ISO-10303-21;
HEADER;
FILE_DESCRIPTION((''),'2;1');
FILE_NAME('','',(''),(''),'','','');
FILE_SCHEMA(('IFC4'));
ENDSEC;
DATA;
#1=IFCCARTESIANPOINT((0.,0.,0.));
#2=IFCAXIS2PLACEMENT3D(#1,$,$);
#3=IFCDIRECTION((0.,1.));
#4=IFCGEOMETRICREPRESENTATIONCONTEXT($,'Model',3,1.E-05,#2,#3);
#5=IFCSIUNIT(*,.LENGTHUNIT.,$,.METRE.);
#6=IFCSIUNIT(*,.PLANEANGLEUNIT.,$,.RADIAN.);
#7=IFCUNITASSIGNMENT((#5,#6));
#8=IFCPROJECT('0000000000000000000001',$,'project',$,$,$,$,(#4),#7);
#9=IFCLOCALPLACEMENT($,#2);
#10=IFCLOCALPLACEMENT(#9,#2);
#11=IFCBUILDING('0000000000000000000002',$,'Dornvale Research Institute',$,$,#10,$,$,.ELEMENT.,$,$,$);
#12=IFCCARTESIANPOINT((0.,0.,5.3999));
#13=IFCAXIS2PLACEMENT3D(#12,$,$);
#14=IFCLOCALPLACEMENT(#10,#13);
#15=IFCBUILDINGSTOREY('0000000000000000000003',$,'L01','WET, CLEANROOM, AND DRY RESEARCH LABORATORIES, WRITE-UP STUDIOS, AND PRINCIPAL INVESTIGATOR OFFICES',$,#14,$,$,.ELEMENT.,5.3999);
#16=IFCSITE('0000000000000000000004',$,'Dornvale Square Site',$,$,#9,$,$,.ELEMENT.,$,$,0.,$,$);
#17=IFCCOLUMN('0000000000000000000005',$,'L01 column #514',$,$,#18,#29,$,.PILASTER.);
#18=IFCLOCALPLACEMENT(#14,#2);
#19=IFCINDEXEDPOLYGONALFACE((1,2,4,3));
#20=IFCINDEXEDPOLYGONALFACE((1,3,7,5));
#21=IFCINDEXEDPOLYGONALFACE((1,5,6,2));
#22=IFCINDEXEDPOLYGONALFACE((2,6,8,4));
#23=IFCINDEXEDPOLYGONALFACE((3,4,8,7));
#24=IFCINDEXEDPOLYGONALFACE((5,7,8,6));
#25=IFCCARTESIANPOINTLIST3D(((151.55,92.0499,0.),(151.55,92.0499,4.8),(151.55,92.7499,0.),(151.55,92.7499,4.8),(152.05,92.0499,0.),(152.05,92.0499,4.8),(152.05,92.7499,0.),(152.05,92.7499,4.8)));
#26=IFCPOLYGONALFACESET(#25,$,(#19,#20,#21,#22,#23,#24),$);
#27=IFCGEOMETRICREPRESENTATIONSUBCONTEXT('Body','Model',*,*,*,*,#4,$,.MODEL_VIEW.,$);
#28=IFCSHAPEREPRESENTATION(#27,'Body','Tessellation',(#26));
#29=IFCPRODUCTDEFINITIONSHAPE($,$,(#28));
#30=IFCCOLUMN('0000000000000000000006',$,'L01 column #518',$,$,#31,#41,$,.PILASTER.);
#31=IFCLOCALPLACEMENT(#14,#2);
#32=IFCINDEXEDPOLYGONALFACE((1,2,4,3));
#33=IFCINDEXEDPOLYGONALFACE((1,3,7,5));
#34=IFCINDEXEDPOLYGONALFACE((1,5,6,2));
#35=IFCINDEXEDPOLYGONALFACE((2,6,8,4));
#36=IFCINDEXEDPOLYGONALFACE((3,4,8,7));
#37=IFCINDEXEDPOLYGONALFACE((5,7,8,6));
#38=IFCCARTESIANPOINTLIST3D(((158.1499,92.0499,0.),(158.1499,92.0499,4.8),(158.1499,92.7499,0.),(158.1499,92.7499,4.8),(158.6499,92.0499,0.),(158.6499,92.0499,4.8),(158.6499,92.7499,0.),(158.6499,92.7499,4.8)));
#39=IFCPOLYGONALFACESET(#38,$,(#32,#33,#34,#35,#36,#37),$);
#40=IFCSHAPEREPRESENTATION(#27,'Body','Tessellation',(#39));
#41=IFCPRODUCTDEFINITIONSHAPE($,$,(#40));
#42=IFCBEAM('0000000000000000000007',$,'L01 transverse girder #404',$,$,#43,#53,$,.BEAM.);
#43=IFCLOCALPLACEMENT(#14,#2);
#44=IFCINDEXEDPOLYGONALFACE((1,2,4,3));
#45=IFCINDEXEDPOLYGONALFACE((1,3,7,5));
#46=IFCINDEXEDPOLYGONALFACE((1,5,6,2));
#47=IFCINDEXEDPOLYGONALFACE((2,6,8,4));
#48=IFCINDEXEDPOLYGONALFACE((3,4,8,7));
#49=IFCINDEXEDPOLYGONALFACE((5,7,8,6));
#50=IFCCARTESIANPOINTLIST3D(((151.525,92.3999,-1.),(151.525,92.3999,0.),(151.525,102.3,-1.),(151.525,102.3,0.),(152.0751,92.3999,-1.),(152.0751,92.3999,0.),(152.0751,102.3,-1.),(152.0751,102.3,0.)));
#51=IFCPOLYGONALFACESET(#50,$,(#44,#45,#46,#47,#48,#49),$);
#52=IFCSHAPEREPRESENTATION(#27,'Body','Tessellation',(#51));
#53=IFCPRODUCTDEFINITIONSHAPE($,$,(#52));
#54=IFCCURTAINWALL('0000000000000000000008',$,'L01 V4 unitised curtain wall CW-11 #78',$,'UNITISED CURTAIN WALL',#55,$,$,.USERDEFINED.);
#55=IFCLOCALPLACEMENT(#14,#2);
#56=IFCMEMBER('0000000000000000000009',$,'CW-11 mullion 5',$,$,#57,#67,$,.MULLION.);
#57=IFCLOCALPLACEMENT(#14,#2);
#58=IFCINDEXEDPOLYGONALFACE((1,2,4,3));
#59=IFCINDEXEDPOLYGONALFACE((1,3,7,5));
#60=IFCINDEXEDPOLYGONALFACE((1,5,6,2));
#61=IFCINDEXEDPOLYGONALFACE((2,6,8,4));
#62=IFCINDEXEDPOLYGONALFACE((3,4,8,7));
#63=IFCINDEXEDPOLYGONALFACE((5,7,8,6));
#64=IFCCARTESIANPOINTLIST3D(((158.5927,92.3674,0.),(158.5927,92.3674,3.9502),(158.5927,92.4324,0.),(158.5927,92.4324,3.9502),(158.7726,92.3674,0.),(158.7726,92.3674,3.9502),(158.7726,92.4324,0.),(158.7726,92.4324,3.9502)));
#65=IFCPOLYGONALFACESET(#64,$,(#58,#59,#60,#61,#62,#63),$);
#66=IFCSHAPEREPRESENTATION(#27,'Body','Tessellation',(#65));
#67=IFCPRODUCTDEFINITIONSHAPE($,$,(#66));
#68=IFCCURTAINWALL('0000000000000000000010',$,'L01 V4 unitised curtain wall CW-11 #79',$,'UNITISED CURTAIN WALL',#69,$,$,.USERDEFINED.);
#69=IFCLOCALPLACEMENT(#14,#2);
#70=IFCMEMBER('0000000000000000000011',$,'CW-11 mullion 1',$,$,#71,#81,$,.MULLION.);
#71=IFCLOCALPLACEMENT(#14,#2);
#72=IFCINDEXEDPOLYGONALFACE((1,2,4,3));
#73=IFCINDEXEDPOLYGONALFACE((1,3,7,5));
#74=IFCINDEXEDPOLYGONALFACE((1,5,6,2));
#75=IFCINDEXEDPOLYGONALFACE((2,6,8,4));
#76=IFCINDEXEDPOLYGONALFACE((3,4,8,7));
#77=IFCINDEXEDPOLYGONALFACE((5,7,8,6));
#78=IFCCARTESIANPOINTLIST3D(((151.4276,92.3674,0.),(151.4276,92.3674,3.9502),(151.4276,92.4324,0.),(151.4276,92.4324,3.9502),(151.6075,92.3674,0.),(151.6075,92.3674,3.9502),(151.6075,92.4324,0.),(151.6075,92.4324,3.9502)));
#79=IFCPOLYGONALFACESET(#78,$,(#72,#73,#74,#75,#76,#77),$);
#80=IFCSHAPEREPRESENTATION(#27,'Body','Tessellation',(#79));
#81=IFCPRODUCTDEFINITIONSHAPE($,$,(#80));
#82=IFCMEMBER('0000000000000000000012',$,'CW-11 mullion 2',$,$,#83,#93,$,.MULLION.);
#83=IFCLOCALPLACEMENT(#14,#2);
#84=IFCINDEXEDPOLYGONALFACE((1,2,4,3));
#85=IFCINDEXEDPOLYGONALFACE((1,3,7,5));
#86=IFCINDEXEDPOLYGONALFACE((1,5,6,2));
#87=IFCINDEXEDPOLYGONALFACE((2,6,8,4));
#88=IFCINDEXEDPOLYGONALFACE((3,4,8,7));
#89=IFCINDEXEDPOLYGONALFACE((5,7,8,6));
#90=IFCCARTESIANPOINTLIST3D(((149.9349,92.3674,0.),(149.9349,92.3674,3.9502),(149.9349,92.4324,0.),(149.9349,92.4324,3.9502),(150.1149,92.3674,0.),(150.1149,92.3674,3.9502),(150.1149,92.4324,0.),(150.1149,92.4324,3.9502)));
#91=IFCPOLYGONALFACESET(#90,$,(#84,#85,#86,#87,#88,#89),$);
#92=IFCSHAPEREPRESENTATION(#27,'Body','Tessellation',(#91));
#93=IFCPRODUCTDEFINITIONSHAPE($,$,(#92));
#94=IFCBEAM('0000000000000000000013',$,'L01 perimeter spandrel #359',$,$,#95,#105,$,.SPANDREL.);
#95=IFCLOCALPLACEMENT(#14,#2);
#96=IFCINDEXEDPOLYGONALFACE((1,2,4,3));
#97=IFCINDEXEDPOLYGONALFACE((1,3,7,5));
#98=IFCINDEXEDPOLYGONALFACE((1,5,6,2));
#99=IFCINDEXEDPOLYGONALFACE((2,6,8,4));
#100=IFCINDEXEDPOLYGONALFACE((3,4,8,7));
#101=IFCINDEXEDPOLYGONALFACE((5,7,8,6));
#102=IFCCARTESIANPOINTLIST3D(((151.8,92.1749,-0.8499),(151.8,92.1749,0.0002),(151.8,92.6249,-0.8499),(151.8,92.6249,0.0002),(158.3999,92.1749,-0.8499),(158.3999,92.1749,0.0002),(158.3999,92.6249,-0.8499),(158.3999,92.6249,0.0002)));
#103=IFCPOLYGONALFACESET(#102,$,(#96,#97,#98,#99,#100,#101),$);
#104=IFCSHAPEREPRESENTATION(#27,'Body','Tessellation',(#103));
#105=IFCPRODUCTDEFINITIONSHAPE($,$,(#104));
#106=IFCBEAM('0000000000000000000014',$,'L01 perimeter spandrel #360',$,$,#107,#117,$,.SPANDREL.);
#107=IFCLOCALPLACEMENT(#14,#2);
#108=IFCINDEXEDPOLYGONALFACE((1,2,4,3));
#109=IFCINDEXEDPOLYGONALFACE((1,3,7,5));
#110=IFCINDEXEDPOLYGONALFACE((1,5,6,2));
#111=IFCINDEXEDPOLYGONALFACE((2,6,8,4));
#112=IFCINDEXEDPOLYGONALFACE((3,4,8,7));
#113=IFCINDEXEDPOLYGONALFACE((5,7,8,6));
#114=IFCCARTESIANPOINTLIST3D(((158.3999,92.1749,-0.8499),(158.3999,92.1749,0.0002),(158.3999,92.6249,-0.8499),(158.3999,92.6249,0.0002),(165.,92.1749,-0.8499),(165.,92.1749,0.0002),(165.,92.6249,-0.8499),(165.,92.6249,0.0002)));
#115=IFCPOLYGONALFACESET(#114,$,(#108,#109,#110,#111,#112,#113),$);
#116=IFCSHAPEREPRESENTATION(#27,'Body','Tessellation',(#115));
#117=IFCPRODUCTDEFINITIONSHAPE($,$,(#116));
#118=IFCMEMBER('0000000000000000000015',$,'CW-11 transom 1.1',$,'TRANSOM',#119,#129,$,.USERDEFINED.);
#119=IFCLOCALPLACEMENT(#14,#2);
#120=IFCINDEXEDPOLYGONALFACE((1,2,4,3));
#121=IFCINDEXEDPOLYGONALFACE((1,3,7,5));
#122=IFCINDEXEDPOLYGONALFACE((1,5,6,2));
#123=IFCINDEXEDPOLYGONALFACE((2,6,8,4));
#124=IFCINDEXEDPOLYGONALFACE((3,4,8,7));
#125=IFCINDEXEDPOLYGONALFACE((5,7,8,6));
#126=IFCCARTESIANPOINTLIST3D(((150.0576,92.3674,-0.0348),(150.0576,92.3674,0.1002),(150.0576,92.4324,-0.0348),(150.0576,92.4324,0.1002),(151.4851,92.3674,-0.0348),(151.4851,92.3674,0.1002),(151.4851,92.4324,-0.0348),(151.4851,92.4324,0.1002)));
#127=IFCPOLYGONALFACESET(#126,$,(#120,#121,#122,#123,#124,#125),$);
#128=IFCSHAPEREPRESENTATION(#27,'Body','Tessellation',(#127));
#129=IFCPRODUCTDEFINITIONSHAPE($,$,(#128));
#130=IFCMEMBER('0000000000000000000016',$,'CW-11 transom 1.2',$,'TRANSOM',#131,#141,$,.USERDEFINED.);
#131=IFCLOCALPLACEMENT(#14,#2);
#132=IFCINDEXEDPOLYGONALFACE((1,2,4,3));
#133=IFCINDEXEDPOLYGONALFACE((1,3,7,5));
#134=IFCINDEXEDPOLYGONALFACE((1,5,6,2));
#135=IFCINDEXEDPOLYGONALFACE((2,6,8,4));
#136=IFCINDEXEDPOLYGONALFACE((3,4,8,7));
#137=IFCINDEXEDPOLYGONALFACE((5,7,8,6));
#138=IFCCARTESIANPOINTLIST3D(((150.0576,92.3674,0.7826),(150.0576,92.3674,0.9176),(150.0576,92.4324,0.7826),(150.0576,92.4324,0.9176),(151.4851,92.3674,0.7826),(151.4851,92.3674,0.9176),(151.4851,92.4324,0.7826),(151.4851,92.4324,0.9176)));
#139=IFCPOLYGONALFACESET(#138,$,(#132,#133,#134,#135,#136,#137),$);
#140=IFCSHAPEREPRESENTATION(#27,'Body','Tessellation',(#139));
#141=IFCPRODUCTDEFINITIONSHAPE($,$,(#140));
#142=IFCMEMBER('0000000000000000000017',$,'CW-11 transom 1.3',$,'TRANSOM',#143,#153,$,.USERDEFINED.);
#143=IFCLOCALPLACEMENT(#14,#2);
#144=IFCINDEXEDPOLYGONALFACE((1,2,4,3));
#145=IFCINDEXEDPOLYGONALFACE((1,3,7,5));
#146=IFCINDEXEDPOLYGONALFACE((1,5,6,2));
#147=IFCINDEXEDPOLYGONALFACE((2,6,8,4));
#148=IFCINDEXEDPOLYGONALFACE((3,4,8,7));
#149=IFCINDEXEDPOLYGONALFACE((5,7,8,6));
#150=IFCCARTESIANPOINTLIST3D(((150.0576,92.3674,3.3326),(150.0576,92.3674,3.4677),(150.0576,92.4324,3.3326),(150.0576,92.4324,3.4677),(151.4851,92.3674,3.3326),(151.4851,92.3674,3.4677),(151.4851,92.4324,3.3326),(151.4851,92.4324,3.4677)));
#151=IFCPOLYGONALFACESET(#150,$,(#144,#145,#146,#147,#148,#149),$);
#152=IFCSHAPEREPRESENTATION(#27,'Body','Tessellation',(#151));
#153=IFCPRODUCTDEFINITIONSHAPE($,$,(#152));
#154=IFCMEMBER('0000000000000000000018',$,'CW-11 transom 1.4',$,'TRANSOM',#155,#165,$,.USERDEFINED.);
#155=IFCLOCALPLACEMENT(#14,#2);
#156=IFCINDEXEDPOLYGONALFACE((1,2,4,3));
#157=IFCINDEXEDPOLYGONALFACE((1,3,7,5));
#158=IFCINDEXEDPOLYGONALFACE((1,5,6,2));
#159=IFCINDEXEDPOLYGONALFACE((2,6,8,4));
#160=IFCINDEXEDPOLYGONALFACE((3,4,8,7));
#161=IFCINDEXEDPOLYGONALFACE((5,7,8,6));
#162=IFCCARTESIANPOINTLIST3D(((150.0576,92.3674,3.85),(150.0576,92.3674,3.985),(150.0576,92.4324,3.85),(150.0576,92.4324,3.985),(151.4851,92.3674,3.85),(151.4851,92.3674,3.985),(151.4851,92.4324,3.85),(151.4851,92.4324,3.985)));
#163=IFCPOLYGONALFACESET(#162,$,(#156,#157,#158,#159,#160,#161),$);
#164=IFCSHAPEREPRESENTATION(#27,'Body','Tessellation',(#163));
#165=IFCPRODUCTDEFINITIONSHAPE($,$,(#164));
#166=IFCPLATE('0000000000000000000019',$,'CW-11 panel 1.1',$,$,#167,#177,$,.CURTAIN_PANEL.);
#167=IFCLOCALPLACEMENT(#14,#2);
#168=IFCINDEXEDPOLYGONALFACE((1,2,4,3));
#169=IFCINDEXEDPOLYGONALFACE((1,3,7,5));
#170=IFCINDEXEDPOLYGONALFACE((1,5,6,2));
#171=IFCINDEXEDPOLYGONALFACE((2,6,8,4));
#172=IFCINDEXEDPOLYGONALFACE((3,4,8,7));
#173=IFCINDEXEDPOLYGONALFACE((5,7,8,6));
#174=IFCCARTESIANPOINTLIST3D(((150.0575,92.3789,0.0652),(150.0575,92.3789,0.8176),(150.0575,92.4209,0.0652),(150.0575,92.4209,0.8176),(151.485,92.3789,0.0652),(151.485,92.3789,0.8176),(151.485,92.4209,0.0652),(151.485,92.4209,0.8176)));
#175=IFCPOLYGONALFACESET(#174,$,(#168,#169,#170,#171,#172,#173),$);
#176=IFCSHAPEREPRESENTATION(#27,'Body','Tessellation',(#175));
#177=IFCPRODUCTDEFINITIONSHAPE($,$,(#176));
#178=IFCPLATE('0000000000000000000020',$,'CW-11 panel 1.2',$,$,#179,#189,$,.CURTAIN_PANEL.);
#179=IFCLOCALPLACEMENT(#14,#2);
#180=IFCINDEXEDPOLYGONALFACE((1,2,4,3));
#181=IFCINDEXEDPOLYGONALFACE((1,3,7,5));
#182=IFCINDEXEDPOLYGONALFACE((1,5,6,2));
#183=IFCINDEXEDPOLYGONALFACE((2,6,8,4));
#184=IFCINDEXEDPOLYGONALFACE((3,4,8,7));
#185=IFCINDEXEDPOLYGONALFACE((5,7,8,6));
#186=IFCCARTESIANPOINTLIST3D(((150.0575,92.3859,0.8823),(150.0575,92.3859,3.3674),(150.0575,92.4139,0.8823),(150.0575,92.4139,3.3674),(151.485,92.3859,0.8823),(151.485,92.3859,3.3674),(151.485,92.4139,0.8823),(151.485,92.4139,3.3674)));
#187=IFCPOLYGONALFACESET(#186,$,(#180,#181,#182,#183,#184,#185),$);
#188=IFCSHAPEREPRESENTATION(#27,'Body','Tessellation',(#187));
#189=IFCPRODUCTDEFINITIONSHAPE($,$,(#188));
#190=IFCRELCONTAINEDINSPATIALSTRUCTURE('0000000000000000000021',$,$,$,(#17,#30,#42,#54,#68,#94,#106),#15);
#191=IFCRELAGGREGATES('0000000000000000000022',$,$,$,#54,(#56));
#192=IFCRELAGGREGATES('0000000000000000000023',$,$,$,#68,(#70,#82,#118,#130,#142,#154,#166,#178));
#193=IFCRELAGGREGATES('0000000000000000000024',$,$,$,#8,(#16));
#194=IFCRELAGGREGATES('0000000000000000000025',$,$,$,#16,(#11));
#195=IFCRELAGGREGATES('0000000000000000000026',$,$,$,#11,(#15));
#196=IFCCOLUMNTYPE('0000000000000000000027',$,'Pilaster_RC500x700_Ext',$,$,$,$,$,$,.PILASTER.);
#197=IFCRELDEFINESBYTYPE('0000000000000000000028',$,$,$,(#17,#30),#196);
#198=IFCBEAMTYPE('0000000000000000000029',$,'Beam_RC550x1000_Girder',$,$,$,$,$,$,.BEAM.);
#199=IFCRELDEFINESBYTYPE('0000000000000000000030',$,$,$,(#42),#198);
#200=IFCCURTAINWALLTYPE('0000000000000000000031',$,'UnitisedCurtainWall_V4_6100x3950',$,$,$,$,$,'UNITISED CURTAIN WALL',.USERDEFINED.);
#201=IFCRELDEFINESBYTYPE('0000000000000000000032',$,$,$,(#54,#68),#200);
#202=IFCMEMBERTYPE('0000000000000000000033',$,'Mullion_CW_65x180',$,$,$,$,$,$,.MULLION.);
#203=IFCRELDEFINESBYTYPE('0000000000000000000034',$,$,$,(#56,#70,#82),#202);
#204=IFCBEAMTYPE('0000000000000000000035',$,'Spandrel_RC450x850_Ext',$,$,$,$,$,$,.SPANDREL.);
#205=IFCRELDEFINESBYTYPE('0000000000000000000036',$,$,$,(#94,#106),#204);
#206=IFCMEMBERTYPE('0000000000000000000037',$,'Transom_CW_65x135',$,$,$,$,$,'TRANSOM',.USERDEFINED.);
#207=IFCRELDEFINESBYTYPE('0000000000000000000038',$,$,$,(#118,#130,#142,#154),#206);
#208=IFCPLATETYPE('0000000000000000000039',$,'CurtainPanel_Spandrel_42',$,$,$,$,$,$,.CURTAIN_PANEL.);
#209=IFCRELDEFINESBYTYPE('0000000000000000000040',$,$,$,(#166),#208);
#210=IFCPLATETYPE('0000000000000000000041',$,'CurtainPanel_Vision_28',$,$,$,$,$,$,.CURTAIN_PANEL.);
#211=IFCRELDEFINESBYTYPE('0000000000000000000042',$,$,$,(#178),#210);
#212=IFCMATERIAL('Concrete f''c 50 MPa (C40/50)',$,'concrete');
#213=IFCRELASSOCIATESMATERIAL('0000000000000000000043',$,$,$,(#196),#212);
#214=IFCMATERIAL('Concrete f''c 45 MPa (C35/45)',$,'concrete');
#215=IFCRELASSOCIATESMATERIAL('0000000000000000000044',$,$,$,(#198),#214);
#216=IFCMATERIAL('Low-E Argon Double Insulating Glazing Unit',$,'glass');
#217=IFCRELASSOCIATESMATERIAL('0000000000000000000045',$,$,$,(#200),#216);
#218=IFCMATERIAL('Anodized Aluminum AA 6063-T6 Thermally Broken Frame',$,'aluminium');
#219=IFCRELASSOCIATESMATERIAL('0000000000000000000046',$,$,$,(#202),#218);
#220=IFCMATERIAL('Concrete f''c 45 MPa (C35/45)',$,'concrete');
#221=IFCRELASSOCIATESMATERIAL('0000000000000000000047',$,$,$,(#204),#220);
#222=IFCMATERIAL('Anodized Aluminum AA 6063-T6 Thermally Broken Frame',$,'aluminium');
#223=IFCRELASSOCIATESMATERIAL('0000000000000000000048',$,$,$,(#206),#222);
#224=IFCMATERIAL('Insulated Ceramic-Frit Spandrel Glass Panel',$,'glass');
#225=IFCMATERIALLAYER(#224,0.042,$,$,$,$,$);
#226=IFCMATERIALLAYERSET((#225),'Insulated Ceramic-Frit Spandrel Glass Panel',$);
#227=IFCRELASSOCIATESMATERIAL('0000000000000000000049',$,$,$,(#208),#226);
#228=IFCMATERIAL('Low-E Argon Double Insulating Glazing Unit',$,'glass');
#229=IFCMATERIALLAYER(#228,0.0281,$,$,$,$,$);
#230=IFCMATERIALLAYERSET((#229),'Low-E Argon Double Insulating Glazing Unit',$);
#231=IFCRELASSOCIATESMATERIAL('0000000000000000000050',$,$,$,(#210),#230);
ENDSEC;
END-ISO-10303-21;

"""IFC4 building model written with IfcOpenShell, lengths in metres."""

from ifc_helpers import new_model, si_unit, direction, frame, origin, origin_2d, place, context, subcontext, project, spatial, rectangle, extrude, material, layer, layer_set, material_profile, profile_set, type_object, element, aggregate, save


model = new_model("IFC4")

# Units and contexts
model_context = context("Model", 3, precision=1e-05, world=origin(), true_north=direction((0.0, 1.0)))
body_context = subcontext(model_context, "Body", "Model", "MODEL_VIEW")
ifc_project = project(units=[si_unit("LENGTHUNIT", "METRE"), si_unit("PLANEANGLEUNIT", "RADIAN")], contexts=[model_context])

# Site, building, storey
site_placement = place(None, origin())
site = spatial("IfcSite", under=ifc_project, at=site_placement, Name="Dornvale Square Site", CompositionType="ELEMENT", RefElevation=0.0)
building_placement = place(site_placement, origin())
building = spatial("IfcBuilding", under=site, at=building_placement, Name="Dornvale Research Institute", CompositionType="ELEMENT")
storey_placement = place(building_placement, frame((0.0, 0.0, 5.3999)))
storey = spatial("IfcBuildingStorey", under=building, at=storey_placement, Name="L01", Description="WET, CLEANROOM, AND DRY RESEARCH LABORATORIES, WRITE-UP STUDIOS, AND PRINCIPAL INVESTIGATOR OFFICES", CompositionType="ELEMENT", Elevation=5.3999)

# Columns
ifc_material_1 = material(Name="Concrete f'c 50 MPa (C40/50)", Category="concrete")
ifc_material_profile_1 = material_profile(ifc_material_1, rectangle(XDim=0.5, YDim=0.7, at=origin_2d()), Name="RC 500x700")
ifc_profile_set_1 = profile_set([ifc_material_profile_1], Name="Concrete f'c 50 MPa (C40/50)")
column_type = type_object("IfcColumnType", Name="Pilaster_RC500x700_Ext", PredefinedType="PILASTER", material=ifc_profile_set_1)
for number, where, z_axis, x_axis, name in (
    (1, (151.8, 92.3999, 0.0), (0.0, 0.0, 1.0), (1.0, 0.0, 0.0), "L01 column #514"),
    (2, (158.3999, 92.3999, 0.0), (0.0, 0.0, 1.0), (1.0, 0.0, 0.0), "L01 column #518"),
):
    element("IfcColumn", number, at=place(storey_placement, frame(where, z_axis=z_axis, x_axis=x_axis)), inside=storey, type_object=column_type, Name=name, PredefinedType="PILASTER", context=body_context, shape_type="SweptSolid", body=[
        extrude(rectangle(XDim=0.5, YDim=0.7, at=origin_2d()), origin(), (0.0, 0.0, 1.0), 4.8),
    ])

# Beam
ifc_material_2 = material(Name="Concrete f'c 45 MPa (C35/45)", Category="concrete")
ifc_material_profile_2 = material_profile(ifc_material_2, rectangle(XDim=0.55, YDim=1.0, at=origin_2d()), Name="RC 550x1000")
ifc_profile_set_2 = profile_set([ifc_material_profile_2], Name="Concrete f'c 45 MPa (C35/45)")
beam_type_1 = type_object("IfcBeamType", Name="Beam_RC550x1000_Girder", PredefinedType="BEAM", material=ifc_profile_set_2)
beam_1_placement = place(storey_placement, frame((151.8, 92.3999, -0.5), z_axis=(0.0, 1.0, 0.0), x_axis=(-1.0, 0.0, 0.0)))
element("IfcBeam", 3, at=beam_1_placement, inside=storey, type_object=beam_type_1, Name="L01 transverse girder #404", PredefinedType="BEAM", context=body_context, shape_type="SweptSolid", body=[
    extrude(rectangle(XDim=0.55, YDim=1.0, at=origin_2d()), origin(), (0.0, 0.0, 1.0), 9.9001),
])

# Curtain wall, member
ifc_material_3 = material(Name="Low-E Argon Double Insulating Glazing Unit", Category="glass")
curtain_wall_type = type_object("IfcCurtainWallType", Name="UnitisedCurtainWall_V4_6100x3950", ElementType="UNITISED CURTAIN WALL", PredefinedType="USERDEFINED", material=ifc_material_3)
curtain_wall_1_placement = place(storey_placement, origin())
curtain_wall_1 = element("IfcCurtainWall", 4, at=curtain_wall_1_placement, inside=storey, type_object=curtain_wall_type, Name="L01 V4 unitised curtain wall CW-11 #78", ObjectType="UNITISED CURTAIN WALL", PredefinedType="USERDEFINED")
ifc_material_4 = material(Name="Anodized Aluminum AA 6063-T6 Thermally Broken Frame", Category="aluminium")
ifc_material_profile_3 = material_profile(ifc_material_4, rectangle(XDim=0.0649, YDim=0.1799, at=origin_2d()), Name="ALU MULLION 65x180")
ifc_profile_set_3 = profile_set([ifc_material_profile_3], Name="Anodized Aluminum AA 6063-T6 Thermally Broken Frame")
member_type_1 = type_object("IfcMemberType", Name="Mullion_CW_65x180", PredefinedType="MULLION", material=ifc_profile_set_3)
member_1_placement = place(storey_placement, frame((158.6826, 92.3999, 0.0), z_axis=(0.0, 0.0, 1.0), x_axis=(0.0, -1.0, 0.0)))
member_1 = element("IfcMember", 5, at=member_1_placement, type_object=member_type_1, Name="CW-11 mullion 5", PredefinedType="MULLION", context=body_context, shape_type="SweptSolid", body=[
    extrude(rectangle(XDim=0.0649, YDim=0.1799, at=origin_2d()), origin(), (0.0, 0.0, 1.0), 3.9502),
])
aggregate(curtain_wall_1, [member_1])

# Curtain wall, members
curtain_wall_2_placement = place(storey_placement, origin())
curtain_wall_2 = element("IfcCurtainWall", 6, at=curtain_wall_2_placement, inside=storey, type_object=curtain_wall_type, Name="L01 V4 unitised curtain wall CW-11 #79", ObjectType="UNITISED CURTAIN WALL", PredefinedType="USERDEFINED")
member_2_placement = place(storey_placement, frame((151.5176, 92.3999, 0.0), z_axis=(0.0, 0.0, 1.0), x_axis=(0.0, -1.0, 0.0)))
member_2 = element("IfcMember", 7, at=member_2_placement, type_object=member_type_1, Name="CW-11 mullion 1", PredefinedType="MULLION", context=body_context, shape_type="SweptSolid", body=[
    extrude(rectangle(XDim=0.0649, YDim=0.1799, at=origin_2d()), origin(), (0.0, 0.0, 1.0), 3.9502),
])
member_3_placement = place(storey_placement, frame((150.0249, 92.3999, 0.0), z_axis=(0.0, 0.0, 1.0), x_axis=(0.0, -1.0, 0.0)))
member_3 = element("IfcMember", 8, at=member_3_placement, type_object=member_type_1, Name="CW-11 mullion 2", PredefinedType="MULLION", context=body_context, shape_type="SweptSolid", body=[
    extrude(rectangle(XDim=0.0649, YDim=0.1799, at=origin_2d()), origin(), (0.0, 0.0, 1.0), 3.9502),
])

# Beams
ifc_material_5 = material(Name="Concrete f'c 45 MPa (C35/45)", Category="concrete")
ifc_material_profile_4 = material_profile(ifc_material_5, rectangle(XDim=0.45, YDim=0.8501, at=origin_2d()), Name="RC 450x850")
ifc_profile_set_4 = profile_set([ifc_material_profile_4], Name="Concrete f'c 45 MPa (C35/45)")
beam_type_2 = type_object("IfcBeamType", Name="Spandrel_RC450x850_Ext", PredefinedType="SPANDREL", material=ifc_profile_set_4)
beam_2_placement = place(storey_placement, frame((151.8, 92.3999, -0.4248), z_axis=(1.0, 0.0, 0.0), x_axis=(0.0, 1.0, 0.0)))
element("IfcBeam", 9, at=beam_2_placement, inside=storey, type_object=beam_type_2, Name="L01 perimeter spandrel #359", PredefinedType="SPANDREL", context=body_context, shape_type="SweptSolid", body=[
    extrude(rectangle(XDim=0.45, YDim=0.8501, at=origin_2d()), origin(), (0.0, 0.0, 1.0), 6.5999),
])
beam_3_placement = place(storey_placement, frame((158.3999, 92.3999, -0.4248), z_axis=(1.0, 0.0, 0.0), x_axis=(0.0, 1.0, 0.0)))
element("IfcBeam", 10, at=beam_3_placement, inside=storey, type_object=beam_type_2, Name="L01 perimeter spandrel #360", PredefinedType="SPANDREL", context=body_context, shape_type="SweptSolid", body=[
    extrude(rectangle(XDim=0.45, YDim=0.8501, at=origin_2d()), origin(), (0.0, 0.0, 1.0), 6.6001),
])

# Members
ifc_material_6 = material(Name="Anodized Aluminum AA 6063-T6 Thermally Broken Frame", Category="aluminium")
ifc_material_profile_5 = material_profile(ifc_material_6, rectangle(XDim=0.0649, YDim=0.135, at=origin_2d()), Name="ALU TRANSOM 65x135")
ifc_profile_set_5 = profile_set([ifc_material_profile_5], Name="Anodized Aluminum AA 6063-T6 Thermally Broken Frame")
member_type_2 = type_object("IfcMemberType", Name="Transom_CW_65x135", ElementType="TRANSOM", PredefinedType="USERDEFINED", material=ifc_profile_set_5)
member_4_placement = place(storey_placement, frame((151.4851, 92.3999, 0.0327), z_axis=(-1.0, 0.0, 0.0), x_axis=(0.0, -1.0, 0.0)))
member_4 = element("IfcMember", 11, at=member_4_placement, type_object=member_type_2, Name="CW-11 transom 1.1", ObjectType="TRANSOM", PredefinedType="USERDEFINED", context=body_context, shape_type="SweptSolid", body=[
    extrude(rectangle(XDim=0.0649, YDim=0.135, at=origin_2d()), origin(), (0.0, 0.0, 1.0), 1.4275),
])
member_5_placement = place(storey_placement, frame((151.4851, 92.3999, 0.8501), z_axis=(-1.0, 0.0, 0.0), x_axis=(0.0, -1.0, 0.0)))
member_5 = element("IfcMember", 12, at=member_5_placement, type_object=member_type_2, Name="CW-11 transom 1.2", ObjectType="TRANSOM", PredefinedType="USERDEFINED", context=body_context, shape_type="SweptSolid", body=[
    extrude(rectangle(XDim=0.0649, YDim=0.135, at=origin_2d()), origin(), (0.0, 0.0, 1.0), 1.4275),
])
member_6_placement = place(storey_placement, frame((151.4851, 92.3999, 3.4001), z_axis=(-1.0, 0.0, 0.0), x_axis=(0.0, -1.0, 0.0)))
member_6 = element("IfcMember", 13, at=member_6_placement, type_object=member_type_2, Name="CW-11 transom 1.3", ObjectType="TRANSOM", PredefinedType="USERDEFINED", context=body_context, shape_type="SweptSolid", body=[
    extrude(rectangle(XDim=0.0649, YDim=0.135, at=origin_2d()), origin(), (0.0, 0.0, 1.0), 1.4275),
])
member_7_placement = place(storey_placement, frame((151.4851, 92.3999, 3.9175), z_axis=(-1.0, 0.0, 0.0), x_axis=(0.0, -1.0, 0.0)))
member_7 = element("IfcMember", 14, at=member_7_placement, type_object=member_type_2, Name="CW-11 transom 1.4", ObjectType="TRANSOM", PredefinedType="USERDEFINED", context=body_context, shape_type="SweptSolid", body=[
    extrude(rectangle(XDim=0.0649, YDim=0.135, at=origin_2d()), origin(), (0.0, 0.0, 1.0), 1.4275),
])

# Plates
ifc_material_7 = material(Name="Insulated Ceramic-Frit Spandrel Glass Panel", Category="glass")
ifc_layer_1 = layer(ifc_material_7, 0.042)
ifc_layer_set_1 = layer_set([ifc_layer_1], Name="Insulated Ceramic-Frit Spandrel Glass Panel")
plate_type_1 = type_object("IfcPlateType", Name="CurtainPanel_Spandrel_42", PredefinedType="CURTAIN_PANEL", material=ifc_layer_set_1)
plate_1_placement = place(storey_placement, frame((150.7712, 92.3999, 0.0652), z_axis=(0.0, 0.0, 1.0), x_axis=(-1.0, 0.0, 0.0)))
plate_1 = element("IfcPlate", 15, at=plate_1_placement, type_object=plate_type_1, Name="CW-11 panel 1.1", PredefinedType="CURTAIN_PANEL", context=body_context, shape_type="SweptSolid", body=[
    extrude(rectangle(XDim=1.4275, YDim=0.042, at=origin_2d()), origin(), (0.0, 0.0, 1.0), 0.7524),
])
ifc_material_8 = material(Name="Low-E Argon Double Insulating Glazing Unit", Category="glass")
ifc_layer_2 = layer(ifc_material_8, 0.0281)
ifc_layer_set_2 = layer_set([ifc_layer_2], Name="Low-E Argon Double Insulating Glazing Unit")
plate_type_2 = type_object("IfcPlateType", Name="CurtainPanel_Vision_28", PredefinedType="CURTAIN_PANEL", material=ifc_layer_set_2)
plate_2_placement = place(storey_placement, frame((150.7712, 92.3999, 0.8823), z_axis=(0.0, 0.0, 1.0), x_axis=(-1.0, 0.0, 0.0)))
plate_2 = element("IfcPlate", 16, at=plate_2_placement, type_object=plate_type_2, Name="CW-11 panel 1.2", PredefinedType="CURTAIN_PANEL", context=body_context, shape_type="SweptSolid", body=[
    extrude(rectangle(XDim=1.4275, YDim=0.0281, at=origin_2d()), origin(), (0.0, 0.0, 1.0), 2.4851),
])
aggregate(curtain_wall_2, [member_2, member_3, member_4, member_5, member_6, member_7, plate_1, plate_2])

save(model, "model.ifc")
